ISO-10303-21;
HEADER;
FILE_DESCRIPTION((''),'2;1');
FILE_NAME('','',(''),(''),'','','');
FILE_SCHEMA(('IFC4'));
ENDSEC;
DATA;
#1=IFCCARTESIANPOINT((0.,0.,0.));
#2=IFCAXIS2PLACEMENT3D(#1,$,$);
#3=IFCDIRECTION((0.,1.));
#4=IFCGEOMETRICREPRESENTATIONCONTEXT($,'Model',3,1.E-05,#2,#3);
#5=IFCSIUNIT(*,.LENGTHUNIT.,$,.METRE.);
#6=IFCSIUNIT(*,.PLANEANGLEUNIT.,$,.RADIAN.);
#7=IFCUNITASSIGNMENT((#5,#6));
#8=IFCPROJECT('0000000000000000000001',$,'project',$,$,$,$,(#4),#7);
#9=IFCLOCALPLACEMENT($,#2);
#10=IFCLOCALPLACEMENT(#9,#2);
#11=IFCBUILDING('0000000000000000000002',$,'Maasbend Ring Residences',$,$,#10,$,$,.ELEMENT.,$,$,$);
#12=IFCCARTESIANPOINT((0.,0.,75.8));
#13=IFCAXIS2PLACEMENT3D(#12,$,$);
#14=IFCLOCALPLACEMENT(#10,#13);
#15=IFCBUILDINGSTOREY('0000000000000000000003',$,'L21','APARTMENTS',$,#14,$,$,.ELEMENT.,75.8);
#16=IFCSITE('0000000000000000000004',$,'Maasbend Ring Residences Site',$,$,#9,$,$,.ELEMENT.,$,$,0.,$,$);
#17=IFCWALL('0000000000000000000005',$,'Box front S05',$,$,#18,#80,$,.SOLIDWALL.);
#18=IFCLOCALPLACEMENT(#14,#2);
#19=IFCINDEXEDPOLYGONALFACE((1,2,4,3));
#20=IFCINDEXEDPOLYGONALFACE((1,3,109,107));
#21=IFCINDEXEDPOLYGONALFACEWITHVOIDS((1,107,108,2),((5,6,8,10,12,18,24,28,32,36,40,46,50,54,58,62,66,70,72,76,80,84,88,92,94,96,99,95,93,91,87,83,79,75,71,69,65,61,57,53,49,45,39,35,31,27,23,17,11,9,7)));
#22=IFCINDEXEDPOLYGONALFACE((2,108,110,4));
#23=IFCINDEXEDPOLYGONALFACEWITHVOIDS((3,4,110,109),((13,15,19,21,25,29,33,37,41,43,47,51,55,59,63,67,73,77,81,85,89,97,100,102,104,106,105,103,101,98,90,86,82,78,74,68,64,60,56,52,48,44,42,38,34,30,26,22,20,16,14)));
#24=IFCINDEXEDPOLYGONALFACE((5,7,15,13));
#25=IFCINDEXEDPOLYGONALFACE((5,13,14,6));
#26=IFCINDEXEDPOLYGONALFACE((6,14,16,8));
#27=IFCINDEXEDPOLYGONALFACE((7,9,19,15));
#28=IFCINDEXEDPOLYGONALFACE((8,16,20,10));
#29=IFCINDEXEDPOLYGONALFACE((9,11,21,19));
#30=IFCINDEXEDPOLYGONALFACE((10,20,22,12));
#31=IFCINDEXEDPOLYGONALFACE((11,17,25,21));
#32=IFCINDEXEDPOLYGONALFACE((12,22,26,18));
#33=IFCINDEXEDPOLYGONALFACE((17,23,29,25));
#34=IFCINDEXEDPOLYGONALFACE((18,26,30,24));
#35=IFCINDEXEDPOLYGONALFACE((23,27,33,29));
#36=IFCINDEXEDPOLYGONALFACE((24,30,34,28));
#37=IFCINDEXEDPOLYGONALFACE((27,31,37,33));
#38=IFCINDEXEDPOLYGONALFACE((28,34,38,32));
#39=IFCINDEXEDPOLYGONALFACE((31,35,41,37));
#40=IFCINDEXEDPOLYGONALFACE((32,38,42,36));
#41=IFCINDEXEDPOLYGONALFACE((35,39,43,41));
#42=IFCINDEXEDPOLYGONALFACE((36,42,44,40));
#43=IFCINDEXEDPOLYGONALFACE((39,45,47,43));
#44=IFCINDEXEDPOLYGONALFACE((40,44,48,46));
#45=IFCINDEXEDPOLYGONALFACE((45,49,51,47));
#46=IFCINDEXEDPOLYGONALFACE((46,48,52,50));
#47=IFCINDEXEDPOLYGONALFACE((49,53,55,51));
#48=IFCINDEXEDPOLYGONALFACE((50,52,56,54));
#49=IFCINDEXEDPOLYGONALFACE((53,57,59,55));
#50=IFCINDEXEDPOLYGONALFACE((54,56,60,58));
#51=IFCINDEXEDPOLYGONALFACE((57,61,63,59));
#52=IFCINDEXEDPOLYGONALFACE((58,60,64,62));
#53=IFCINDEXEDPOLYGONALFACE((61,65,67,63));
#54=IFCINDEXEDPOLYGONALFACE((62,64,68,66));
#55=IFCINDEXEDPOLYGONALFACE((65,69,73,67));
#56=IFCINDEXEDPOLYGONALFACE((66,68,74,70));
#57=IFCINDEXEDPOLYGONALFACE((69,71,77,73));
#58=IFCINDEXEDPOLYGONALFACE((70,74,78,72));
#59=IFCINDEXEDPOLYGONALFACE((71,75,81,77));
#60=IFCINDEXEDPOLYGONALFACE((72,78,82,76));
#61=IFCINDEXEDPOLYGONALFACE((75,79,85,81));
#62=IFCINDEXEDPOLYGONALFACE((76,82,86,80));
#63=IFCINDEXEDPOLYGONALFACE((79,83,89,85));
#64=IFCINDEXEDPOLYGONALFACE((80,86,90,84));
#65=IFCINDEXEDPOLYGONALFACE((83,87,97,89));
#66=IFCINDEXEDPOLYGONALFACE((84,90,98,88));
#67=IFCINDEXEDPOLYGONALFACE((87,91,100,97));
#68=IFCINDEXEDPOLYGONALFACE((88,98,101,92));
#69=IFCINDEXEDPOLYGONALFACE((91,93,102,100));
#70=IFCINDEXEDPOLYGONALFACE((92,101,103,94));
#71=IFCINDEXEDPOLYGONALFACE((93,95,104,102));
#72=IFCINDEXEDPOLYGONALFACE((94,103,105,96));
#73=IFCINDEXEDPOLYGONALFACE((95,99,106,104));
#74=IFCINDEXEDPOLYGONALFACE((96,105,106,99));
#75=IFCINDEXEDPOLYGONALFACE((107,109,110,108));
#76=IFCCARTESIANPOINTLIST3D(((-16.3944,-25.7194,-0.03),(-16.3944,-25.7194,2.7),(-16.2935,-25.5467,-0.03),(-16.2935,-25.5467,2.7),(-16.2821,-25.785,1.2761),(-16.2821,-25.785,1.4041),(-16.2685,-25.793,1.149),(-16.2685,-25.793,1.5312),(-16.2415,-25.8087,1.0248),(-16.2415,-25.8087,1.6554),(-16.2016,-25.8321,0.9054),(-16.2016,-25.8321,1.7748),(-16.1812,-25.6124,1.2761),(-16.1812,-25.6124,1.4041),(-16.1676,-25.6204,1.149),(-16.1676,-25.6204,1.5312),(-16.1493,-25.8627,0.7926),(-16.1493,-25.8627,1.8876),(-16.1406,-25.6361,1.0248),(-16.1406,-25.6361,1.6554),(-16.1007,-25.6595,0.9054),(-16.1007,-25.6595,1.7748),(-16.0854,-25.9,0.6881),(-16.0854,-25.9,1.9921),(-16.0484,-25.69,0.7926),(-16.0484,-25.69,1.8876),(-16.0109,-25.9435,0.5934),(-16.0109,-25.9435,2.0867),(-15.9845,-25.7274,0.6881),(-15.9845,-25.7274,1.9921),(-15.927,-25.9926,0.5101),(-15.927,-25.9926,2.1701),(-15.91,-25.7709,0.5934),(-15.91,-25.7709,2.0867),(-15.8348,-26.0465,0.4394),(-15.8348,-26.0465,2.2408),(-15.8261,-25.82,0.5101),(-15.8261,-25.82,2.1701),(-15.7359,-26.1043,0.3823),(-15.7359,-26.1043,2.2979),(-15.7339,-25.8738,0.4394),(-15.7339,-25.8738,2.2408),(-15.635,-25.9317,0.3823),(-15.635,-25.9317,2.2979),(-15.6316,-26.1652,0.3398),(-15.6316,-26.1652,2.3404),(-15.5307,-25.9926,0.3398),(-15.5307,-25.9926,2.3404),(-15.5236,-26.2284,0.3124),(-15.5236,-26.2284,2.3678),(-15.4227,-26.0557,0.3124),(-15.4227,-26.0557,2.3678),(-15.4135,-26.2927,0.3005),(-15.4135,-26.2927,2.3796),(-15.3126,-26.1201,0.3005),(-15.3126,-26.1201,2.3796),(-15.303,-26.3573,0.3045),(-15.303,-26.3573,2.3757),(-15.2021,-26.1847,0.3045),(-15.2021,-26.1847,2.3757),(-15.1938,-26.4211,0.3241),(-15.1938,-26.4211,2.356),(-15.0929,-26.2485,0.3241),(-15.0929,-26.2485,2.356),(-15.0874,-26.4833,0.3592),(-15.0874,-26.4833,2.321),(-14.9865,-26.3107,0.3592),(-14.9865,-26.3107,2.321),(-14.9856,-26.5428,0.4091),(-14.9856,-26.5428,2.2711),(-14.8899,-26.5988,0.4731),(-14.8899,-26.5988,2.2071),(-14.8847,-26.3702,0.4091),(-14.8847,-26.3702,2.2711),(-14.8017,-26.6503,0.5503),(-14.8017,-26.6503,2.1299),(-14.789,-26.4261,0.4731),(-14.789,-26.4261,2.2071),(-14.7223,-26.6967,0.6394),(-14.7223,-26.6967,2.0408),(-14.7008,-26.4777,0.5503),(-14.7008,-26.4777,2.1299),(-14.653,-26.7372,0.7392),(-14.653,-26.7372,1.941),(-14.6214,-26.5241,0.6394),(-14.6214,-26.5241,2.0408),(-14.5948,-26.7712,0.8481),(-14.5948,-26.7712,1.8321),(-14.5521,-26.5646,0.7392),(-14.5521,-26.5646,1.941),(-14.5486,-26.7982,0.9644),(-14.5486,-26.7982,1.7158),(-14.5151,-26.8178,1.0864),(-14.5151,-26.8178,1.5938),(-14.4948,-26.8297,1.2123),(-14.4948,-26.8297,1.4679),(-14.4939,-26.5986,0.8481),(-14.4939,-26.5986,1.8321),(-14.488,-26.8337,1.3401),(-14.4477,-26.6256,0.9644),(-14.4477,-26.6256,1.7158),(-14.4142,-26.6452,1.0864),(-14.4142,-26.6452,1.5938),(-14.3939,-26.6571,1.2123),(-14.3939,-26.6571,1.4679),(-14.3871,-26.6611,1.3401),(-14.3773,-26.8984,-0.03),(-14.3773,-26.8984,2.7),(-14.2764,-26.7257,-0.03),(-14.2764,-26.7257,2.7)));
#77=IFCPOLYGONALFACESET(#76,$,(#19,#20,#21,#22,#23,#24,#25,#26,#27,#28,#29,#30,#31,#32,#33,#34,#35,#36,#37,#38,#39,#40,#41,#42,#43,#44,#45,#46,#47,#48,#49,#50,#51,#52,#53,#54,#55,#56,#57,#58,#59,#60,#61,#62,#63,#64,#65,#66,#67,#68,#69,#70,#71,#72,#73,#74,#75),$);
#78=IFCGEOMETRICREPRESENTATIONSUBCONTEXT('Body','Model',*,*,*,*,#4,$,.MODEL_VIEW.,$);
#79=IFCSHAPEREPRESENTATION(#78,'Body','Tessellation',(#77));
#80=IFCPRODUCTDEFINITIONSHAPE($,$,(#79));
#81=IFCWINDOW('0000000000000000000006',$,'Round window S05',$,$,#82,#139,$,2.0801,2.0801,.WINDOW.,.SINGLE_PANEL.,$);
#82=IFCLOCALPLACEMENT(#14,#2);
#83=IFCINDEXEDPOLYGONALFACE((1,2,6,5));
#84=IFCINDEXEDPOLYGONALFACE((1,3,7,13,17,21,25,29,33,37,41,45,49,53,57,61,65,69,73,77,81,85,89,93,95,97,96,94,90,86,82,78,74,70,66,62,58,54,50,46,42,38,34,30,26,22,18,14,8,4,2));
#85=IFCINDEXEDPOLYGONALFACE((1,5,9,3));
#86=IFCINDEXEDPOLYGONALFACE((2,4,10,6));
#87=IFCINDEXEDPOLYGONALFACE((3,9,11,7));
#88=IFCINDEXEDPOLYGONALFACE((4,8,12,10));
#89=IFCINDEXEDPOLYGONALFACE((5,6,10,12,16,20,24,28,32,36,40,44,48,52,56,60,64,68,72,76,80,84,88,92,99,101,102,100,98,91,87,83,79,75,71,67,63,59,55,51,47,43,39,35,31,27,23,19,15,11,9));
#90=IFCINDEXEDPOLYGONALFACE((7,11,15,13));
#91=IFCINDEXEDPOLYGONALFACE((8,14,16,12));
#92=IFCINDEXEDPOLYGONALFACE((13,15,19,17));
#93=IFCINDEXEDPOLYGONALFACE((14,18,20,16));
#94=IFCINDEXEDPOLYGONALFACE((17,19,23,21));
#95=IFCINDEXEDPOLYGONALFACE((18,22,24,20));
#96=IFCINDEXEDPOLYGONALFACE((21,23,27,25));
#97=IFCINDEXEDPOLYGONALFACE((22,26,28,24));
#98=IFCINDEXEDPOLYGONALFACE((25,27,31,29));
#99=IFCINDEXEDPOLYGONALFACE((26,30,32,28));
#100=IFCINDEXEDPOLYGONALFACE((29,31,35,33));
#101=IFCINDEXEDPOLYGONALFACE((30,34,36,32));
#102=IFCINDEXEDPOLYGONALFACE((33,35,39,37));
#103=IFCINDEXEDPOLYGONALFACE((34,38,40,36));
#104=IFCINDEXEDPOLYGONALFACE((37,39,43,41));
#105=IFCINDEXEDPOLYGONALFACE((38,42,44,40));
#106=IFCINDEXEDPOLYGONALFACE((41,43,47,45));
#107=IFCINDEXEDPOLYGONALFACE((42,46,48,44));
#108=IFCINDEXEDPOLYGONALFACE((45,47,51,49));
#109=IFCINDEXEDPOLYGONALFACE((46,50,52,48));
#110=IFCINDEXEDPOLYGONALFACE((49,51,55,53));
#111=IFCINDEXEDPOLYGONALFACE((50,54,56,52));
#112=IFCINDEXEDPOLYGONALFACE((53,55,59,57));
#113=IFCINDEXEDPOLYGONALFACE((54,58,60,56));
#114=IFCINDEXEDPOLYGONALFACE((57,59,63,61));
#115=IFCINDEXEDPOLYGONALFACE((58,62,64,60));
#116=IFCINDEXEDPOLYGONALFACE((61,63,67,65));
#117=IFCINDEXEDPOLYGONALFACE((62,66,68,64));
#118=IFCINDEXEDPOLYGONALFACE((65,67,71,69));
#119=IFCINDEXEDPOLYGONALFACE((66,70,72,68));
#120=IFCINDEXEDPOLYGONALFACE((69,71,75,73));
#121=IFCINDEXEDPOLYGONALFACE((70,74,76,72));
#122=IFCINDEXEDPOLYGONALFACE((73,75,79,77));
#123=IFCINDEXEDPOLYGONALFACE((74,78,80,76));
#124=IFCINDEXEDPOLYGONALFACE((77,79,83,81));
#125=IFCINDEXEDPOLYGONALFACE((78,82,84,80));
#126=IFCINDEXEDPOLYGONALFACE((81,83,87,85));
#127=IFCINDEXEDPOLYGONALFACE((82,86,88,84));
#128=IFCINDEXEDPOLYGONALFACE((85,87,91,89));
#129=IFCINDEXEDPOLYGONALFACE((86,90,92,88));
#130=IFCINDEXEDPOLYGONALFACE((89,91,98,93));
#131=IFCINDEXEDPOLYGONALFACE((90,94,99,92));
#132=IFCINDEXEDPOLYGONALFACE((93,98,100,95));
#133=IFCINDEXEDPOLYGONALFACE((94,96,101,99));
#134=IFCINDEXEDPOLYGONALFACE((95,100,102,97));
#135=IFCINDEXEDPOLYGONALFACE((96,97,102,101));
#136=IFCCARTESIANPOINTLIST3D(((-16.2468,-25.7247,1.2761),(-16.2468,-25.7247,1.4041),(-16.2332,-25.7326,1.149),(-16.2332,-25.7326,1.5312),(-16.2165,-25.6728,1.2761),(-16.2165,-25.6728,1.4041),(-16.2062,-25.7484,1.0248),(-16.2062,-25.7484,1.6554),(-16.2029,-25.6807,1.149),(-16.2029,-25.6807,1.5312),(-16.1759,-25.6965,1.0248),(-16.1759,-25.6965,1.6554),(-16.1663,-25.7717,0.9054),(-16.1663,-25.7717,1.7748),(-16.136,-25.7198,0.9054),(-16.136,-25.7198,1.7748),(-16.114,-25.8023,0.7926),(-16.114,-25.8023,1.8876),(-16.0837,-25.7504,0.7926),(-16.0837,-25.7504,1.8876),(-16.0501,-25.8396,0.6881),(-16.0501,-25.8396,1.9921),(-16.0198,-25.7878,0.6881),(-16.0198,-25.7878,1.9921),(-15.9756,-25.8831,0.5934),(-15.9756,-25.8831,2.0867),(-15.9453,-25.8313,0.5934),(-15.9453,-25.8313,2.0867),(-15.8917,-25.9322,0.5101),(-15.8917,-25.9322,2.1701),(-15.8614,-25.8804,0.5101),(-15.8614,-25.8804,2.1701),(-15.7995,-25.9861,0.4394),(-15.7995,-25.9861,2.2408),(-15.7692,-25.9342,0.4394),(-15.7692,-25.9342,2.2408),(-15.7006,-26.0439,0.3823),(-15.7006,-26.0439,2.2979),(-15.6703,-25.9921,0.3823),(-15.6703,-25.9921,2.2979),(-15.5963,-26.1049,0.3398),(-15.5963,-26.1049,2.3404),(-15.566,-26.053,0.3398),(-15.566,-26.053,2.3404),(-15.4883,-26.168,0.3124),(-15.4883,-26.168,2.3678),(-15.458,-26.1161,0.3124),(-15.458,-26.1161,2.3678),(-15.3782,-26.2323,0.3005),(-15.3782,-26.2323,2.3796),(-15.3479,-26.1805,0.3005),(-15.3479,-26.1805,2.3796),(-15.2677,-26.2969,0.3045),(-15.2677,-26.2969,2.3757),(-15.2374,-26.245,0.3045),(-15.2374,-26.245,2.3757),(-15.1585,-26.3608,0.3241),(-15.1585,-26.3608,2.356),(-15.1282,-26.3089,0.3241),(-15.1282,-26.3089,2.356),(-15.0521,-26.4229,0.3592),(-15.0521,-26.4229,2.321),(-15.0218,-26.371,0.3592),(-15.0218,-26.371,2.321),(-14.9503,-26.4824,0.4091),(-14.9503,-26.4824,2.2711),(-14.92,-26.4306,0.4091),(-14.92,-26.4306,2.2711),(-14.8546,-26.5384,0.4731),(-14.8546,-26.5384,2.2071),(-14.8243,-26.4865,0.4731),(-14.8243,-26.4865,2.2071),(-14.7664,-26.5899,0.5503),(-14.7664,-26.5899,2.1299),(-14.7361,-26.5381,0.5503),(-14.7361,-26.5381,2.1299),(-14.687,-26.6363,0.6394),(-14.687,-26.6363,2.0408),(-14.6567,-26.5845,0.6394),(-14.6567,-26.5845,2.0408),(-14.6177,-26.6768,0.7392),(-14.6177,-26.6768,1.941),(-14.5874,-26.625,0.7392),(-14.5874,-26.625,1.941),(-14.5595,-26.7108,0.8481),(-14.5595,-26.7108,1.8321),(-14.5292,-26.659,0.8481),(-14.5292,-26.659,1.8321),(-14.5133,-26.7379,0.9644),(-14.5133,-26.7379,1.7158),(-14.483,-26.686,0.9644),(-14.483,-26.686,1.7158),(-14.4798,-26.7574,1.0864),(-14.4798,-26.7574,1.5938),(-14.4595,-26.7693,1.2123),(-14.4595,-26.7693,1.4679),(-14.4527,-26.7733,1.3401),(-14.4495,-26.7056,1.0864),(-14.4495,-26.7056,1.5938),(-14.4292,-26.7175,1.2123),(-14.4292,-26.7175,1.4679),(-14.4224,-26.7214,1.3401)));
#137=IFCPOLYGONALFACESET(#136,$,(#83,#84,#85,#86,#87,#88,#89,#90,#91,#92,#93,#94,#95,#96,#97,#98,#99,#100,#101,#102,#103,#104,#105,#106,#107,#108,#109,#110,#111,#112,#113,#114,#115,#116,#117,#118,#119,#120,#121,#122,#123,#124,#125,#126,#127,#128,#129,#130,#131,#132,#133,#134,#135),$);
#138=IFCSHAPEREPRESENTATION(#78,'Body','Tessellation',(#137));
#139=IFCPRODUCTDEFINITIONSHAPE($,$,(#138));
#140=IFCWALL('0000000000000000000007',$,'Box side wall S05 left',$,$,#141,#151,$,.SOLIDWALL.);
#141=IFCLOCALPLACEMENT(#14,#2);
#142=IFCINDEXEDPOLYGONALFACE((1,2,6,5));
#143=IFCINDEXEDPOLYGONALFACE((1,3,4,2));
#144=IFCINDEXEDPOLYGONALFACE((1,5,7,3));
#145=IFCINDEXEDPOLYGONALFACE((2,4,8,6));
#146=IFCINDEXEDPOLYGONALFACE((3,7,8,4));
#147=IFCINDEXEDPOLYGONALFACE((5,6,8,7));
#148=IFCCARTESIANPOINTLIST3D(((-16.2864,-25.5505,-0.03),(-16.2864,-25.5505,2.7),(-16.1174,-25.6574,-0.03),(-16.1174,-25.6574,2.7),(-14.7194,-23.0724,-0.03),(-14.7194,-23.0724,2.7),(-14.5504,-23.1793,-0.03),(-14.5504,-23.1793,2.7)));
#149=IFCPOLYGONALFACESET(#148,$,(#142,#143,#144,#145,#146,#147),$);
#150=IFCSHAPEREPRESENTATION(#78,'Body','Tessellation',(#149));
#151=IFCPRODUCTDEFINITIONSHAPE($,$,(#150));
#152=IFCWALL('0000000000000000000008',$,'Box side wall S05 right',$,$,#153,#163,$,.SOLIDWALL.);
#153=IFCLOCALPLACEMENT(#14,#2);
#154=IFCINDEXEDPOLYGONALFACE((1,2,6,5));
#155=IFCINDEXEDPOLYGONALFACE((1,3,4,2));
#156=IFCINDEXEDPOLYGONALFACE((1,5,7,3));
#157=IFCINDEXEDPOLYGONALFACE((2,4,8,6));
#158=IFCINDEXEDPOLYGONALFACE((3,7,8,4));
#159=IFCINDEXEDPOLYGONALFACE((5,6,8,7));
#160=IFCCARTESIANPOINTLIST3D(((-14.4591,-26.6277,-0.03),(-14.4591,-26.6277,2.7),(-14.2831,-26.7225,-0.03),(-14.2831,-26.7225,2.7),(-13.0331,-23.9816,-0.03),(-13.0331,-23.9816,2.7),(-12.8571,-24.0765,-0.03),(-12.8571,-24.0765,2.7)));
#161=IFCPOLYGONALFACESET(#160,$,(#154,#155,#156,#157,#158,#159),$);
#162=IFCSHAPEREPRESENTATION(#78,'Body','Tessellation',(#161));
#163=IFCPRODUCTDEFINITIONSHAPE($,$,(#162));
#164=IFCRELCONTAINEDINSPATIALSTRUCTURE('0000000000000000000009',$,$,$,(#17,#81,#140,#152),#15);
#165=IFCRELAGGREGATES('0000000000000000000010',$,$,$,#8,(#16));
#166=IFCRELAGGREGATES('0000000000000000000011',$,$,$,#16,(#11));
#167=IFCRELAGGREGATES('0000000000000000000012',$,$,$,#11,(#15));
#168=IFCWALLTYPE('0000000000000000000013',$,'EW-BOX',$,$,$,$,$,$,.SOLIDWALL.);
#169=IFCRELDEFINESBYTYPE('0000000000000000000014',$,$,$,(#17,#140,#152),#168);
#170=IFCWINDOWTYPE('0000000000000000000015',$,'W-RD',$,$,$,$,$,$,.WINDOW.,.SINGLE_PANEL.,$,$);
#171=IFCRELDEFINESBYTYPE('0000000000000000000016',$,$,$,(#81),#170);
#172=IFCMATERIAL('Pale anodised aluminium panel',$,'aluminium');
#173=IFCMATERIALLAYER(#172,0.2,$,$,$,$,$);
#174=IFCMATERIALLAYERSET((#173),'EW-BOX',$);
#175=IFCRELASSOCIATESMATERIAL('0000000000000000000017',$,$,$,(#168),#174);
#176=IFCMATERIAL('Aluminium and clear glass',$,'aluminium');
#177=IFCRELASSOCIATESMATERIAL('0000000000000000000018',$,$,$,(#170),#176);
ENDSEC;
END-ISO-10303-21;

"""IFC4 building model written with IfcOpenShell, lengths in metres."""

from ifc_helpers import new_model, si_unit, direction, frame, frame_2d, origin, place, context, subcontext, project, spatial, rectangle, circle, extrude, material, layer, layer_set, type_object, element, fill, save


model = new_model("IFC4")

# Units and contexts
model_context = context("Model", 3, precision=1e-05, world=origin(), true_north=direction((0.0, 1.0)))
body_context = subcontext(model_context, "Body", "Model", "MODEL_VIEW")
ifc_project = project(units=[si_unit("LENGTHUNIT", "METRE"), si_unit("PLANEANGLEUNIT", "RADIAN")], contexts=[model_context])

# Site, building, storey
site_placement = place(None, origin())
site = spatial("IfcSite", under=ifc_project, at=site_placement, Name="Maasbend Ring Residences Site", CompositionType="ELEMENT", RefElevation=0.0)
building_placement = place(site_placement, origin())
building = spatial("IfcBuilding", under=site, at=building_placement, Name="Maasbend Ring Residences", CompositionType="ELEMENT")
storey_placement = place(building_placement, frame((0.0, 0.0, 75.8)))
storey = spatial("IfcBuildingStorey", under=building, at=storey_placement, Name="L21", Description="APARTMENTS", CompositionType="ELEMENT", Elevation=75.8)

# Wall, opening, window
ifc_material_1 = material(Name="Pale anodised aluminium panel", Category="aluminium")
ifc_layer_1 = layer(ifc_material_1, 0.2)
ifc_layer_set_1 = layer_set([ifc_layer_1], Name="EW-BOX")
wall_type_1 = type_object("IfcWallType", Name="EW-BOX", PredefinedType="SOLIDWALL", material=ifc_layer_set_1)
wall_1_placement = place(storey_placement, frame((-16.344, -25.6331, -0.03), z_axis=(0.0, 0.0, 1.0), x_axis=(0.863347, -0.504612, 0.0)))
wall_1 = element("IfcWall", 1, at=wall_1_placement, inside=storey, type_object=wall_type_1, Name="Box front S05", PredefinedType="SOLIDWALL", context=body_context, shape_type="SweptSolid", body=[
    extrude(rectangle(XDim=2.3364, YDim=0.2, at=frame_2d((1.1682, 0.0))), origin(), (0.0, 0.0, 1.0), 2.73),
])
opening_1_placement = place(wall_1_placement, frame((0.1282, 0.0, 0.3301)))
opening_1 = element("IfcOpeningElement", 2, at=opening_1_placement, cuts=wall_1, PredefinedType="OPENING", context=body_context, shape_type="SweptSolid", body=[
    extrude(circle(Radius=1.04, at=frame_2d((1.04, 1.04))), frame((0.0, 0.1099, 0.0), z_axis=(0.0, -1.0, 0.0), x_axis=(1.0, 0.0, 0.0)), (0.0, 0.0, 1.0), 0.22),
])
ifc_material_2 = material(Name="Aluminium and clear glass", Category="aluminium")
window_type_1 = type_object("IfcWindowType", Name="W-RD", PartitioningType="SINGLE_PANEL", PredefinedType="WINDOW", material=ifc_material_2)
window_1_placement = place(opening_1_placement, origin())
window_1 = element("IfcWindow", 3, at=window_1_placement, inside=storey, type_object=window_type_1, Name="Round window S05", OverallHeight=2.0801, OverallWidth=2.0801, PartitioningType="SINGLE_PANEL", PredefinedType="WINDOW", context=body_context, shape_type="SweptSolid", body=[
    extrude(circle(Radius=1.04, at=frame_2d((1.04, 1.04))), frame((0.0, 0.03, 0.0), z_axis=(0.0, -1.0, 0.0), x_axis=(1.0, 0.0, 0.0)), (0.0, 0.0, 1.0), 0.0601),
])
fill(opening_1, window_1)

# Walls
wall_2_placement = place(storey_placement, frame((-14.635, -23.126, -0.03), z_axis=(0.0, 0.0, 1.0), x_axis=(-0.534438, -0.845208, 0.0)))
element("IfcWall", 4, at=wall_2_placement, inside=storey, type_object=wall_type_1, Name="Box side wall S05 left", PredefinedType="SOLIDWALL", context=body_context, shape_type="SweptSolid", body=[
    extrude(rectangle(XDim=2.9319, YDim=0.2, at=frame_2d((1.4658, 0.0))), origin(), (0.0, 0.0, 1.0), 2.73),
])
wall_3_placement = place(storey_placement, frame((-12.9451, -24.0291, -0.03), z_axis=(0.0, 0.0, 1.0), x_axis=(-0.474424, -0.880296, 0.0)))
element("IfcWall", 5, at=wall_3_placement, inside=storey, type_object=wall_type_1, Name="Box side wall S05 right", PredefinedType="SOLIDWALL", context=body_context, shape_type="SweptSolid", body=[
    extrude(rectangle(XDim=3.0059, YDim=0.2, at=frame_2d((1.5029, 0.0))), origin(), (0.0, 0.0, 1.0), 2.73),
])

save(model, "model.ifc")
